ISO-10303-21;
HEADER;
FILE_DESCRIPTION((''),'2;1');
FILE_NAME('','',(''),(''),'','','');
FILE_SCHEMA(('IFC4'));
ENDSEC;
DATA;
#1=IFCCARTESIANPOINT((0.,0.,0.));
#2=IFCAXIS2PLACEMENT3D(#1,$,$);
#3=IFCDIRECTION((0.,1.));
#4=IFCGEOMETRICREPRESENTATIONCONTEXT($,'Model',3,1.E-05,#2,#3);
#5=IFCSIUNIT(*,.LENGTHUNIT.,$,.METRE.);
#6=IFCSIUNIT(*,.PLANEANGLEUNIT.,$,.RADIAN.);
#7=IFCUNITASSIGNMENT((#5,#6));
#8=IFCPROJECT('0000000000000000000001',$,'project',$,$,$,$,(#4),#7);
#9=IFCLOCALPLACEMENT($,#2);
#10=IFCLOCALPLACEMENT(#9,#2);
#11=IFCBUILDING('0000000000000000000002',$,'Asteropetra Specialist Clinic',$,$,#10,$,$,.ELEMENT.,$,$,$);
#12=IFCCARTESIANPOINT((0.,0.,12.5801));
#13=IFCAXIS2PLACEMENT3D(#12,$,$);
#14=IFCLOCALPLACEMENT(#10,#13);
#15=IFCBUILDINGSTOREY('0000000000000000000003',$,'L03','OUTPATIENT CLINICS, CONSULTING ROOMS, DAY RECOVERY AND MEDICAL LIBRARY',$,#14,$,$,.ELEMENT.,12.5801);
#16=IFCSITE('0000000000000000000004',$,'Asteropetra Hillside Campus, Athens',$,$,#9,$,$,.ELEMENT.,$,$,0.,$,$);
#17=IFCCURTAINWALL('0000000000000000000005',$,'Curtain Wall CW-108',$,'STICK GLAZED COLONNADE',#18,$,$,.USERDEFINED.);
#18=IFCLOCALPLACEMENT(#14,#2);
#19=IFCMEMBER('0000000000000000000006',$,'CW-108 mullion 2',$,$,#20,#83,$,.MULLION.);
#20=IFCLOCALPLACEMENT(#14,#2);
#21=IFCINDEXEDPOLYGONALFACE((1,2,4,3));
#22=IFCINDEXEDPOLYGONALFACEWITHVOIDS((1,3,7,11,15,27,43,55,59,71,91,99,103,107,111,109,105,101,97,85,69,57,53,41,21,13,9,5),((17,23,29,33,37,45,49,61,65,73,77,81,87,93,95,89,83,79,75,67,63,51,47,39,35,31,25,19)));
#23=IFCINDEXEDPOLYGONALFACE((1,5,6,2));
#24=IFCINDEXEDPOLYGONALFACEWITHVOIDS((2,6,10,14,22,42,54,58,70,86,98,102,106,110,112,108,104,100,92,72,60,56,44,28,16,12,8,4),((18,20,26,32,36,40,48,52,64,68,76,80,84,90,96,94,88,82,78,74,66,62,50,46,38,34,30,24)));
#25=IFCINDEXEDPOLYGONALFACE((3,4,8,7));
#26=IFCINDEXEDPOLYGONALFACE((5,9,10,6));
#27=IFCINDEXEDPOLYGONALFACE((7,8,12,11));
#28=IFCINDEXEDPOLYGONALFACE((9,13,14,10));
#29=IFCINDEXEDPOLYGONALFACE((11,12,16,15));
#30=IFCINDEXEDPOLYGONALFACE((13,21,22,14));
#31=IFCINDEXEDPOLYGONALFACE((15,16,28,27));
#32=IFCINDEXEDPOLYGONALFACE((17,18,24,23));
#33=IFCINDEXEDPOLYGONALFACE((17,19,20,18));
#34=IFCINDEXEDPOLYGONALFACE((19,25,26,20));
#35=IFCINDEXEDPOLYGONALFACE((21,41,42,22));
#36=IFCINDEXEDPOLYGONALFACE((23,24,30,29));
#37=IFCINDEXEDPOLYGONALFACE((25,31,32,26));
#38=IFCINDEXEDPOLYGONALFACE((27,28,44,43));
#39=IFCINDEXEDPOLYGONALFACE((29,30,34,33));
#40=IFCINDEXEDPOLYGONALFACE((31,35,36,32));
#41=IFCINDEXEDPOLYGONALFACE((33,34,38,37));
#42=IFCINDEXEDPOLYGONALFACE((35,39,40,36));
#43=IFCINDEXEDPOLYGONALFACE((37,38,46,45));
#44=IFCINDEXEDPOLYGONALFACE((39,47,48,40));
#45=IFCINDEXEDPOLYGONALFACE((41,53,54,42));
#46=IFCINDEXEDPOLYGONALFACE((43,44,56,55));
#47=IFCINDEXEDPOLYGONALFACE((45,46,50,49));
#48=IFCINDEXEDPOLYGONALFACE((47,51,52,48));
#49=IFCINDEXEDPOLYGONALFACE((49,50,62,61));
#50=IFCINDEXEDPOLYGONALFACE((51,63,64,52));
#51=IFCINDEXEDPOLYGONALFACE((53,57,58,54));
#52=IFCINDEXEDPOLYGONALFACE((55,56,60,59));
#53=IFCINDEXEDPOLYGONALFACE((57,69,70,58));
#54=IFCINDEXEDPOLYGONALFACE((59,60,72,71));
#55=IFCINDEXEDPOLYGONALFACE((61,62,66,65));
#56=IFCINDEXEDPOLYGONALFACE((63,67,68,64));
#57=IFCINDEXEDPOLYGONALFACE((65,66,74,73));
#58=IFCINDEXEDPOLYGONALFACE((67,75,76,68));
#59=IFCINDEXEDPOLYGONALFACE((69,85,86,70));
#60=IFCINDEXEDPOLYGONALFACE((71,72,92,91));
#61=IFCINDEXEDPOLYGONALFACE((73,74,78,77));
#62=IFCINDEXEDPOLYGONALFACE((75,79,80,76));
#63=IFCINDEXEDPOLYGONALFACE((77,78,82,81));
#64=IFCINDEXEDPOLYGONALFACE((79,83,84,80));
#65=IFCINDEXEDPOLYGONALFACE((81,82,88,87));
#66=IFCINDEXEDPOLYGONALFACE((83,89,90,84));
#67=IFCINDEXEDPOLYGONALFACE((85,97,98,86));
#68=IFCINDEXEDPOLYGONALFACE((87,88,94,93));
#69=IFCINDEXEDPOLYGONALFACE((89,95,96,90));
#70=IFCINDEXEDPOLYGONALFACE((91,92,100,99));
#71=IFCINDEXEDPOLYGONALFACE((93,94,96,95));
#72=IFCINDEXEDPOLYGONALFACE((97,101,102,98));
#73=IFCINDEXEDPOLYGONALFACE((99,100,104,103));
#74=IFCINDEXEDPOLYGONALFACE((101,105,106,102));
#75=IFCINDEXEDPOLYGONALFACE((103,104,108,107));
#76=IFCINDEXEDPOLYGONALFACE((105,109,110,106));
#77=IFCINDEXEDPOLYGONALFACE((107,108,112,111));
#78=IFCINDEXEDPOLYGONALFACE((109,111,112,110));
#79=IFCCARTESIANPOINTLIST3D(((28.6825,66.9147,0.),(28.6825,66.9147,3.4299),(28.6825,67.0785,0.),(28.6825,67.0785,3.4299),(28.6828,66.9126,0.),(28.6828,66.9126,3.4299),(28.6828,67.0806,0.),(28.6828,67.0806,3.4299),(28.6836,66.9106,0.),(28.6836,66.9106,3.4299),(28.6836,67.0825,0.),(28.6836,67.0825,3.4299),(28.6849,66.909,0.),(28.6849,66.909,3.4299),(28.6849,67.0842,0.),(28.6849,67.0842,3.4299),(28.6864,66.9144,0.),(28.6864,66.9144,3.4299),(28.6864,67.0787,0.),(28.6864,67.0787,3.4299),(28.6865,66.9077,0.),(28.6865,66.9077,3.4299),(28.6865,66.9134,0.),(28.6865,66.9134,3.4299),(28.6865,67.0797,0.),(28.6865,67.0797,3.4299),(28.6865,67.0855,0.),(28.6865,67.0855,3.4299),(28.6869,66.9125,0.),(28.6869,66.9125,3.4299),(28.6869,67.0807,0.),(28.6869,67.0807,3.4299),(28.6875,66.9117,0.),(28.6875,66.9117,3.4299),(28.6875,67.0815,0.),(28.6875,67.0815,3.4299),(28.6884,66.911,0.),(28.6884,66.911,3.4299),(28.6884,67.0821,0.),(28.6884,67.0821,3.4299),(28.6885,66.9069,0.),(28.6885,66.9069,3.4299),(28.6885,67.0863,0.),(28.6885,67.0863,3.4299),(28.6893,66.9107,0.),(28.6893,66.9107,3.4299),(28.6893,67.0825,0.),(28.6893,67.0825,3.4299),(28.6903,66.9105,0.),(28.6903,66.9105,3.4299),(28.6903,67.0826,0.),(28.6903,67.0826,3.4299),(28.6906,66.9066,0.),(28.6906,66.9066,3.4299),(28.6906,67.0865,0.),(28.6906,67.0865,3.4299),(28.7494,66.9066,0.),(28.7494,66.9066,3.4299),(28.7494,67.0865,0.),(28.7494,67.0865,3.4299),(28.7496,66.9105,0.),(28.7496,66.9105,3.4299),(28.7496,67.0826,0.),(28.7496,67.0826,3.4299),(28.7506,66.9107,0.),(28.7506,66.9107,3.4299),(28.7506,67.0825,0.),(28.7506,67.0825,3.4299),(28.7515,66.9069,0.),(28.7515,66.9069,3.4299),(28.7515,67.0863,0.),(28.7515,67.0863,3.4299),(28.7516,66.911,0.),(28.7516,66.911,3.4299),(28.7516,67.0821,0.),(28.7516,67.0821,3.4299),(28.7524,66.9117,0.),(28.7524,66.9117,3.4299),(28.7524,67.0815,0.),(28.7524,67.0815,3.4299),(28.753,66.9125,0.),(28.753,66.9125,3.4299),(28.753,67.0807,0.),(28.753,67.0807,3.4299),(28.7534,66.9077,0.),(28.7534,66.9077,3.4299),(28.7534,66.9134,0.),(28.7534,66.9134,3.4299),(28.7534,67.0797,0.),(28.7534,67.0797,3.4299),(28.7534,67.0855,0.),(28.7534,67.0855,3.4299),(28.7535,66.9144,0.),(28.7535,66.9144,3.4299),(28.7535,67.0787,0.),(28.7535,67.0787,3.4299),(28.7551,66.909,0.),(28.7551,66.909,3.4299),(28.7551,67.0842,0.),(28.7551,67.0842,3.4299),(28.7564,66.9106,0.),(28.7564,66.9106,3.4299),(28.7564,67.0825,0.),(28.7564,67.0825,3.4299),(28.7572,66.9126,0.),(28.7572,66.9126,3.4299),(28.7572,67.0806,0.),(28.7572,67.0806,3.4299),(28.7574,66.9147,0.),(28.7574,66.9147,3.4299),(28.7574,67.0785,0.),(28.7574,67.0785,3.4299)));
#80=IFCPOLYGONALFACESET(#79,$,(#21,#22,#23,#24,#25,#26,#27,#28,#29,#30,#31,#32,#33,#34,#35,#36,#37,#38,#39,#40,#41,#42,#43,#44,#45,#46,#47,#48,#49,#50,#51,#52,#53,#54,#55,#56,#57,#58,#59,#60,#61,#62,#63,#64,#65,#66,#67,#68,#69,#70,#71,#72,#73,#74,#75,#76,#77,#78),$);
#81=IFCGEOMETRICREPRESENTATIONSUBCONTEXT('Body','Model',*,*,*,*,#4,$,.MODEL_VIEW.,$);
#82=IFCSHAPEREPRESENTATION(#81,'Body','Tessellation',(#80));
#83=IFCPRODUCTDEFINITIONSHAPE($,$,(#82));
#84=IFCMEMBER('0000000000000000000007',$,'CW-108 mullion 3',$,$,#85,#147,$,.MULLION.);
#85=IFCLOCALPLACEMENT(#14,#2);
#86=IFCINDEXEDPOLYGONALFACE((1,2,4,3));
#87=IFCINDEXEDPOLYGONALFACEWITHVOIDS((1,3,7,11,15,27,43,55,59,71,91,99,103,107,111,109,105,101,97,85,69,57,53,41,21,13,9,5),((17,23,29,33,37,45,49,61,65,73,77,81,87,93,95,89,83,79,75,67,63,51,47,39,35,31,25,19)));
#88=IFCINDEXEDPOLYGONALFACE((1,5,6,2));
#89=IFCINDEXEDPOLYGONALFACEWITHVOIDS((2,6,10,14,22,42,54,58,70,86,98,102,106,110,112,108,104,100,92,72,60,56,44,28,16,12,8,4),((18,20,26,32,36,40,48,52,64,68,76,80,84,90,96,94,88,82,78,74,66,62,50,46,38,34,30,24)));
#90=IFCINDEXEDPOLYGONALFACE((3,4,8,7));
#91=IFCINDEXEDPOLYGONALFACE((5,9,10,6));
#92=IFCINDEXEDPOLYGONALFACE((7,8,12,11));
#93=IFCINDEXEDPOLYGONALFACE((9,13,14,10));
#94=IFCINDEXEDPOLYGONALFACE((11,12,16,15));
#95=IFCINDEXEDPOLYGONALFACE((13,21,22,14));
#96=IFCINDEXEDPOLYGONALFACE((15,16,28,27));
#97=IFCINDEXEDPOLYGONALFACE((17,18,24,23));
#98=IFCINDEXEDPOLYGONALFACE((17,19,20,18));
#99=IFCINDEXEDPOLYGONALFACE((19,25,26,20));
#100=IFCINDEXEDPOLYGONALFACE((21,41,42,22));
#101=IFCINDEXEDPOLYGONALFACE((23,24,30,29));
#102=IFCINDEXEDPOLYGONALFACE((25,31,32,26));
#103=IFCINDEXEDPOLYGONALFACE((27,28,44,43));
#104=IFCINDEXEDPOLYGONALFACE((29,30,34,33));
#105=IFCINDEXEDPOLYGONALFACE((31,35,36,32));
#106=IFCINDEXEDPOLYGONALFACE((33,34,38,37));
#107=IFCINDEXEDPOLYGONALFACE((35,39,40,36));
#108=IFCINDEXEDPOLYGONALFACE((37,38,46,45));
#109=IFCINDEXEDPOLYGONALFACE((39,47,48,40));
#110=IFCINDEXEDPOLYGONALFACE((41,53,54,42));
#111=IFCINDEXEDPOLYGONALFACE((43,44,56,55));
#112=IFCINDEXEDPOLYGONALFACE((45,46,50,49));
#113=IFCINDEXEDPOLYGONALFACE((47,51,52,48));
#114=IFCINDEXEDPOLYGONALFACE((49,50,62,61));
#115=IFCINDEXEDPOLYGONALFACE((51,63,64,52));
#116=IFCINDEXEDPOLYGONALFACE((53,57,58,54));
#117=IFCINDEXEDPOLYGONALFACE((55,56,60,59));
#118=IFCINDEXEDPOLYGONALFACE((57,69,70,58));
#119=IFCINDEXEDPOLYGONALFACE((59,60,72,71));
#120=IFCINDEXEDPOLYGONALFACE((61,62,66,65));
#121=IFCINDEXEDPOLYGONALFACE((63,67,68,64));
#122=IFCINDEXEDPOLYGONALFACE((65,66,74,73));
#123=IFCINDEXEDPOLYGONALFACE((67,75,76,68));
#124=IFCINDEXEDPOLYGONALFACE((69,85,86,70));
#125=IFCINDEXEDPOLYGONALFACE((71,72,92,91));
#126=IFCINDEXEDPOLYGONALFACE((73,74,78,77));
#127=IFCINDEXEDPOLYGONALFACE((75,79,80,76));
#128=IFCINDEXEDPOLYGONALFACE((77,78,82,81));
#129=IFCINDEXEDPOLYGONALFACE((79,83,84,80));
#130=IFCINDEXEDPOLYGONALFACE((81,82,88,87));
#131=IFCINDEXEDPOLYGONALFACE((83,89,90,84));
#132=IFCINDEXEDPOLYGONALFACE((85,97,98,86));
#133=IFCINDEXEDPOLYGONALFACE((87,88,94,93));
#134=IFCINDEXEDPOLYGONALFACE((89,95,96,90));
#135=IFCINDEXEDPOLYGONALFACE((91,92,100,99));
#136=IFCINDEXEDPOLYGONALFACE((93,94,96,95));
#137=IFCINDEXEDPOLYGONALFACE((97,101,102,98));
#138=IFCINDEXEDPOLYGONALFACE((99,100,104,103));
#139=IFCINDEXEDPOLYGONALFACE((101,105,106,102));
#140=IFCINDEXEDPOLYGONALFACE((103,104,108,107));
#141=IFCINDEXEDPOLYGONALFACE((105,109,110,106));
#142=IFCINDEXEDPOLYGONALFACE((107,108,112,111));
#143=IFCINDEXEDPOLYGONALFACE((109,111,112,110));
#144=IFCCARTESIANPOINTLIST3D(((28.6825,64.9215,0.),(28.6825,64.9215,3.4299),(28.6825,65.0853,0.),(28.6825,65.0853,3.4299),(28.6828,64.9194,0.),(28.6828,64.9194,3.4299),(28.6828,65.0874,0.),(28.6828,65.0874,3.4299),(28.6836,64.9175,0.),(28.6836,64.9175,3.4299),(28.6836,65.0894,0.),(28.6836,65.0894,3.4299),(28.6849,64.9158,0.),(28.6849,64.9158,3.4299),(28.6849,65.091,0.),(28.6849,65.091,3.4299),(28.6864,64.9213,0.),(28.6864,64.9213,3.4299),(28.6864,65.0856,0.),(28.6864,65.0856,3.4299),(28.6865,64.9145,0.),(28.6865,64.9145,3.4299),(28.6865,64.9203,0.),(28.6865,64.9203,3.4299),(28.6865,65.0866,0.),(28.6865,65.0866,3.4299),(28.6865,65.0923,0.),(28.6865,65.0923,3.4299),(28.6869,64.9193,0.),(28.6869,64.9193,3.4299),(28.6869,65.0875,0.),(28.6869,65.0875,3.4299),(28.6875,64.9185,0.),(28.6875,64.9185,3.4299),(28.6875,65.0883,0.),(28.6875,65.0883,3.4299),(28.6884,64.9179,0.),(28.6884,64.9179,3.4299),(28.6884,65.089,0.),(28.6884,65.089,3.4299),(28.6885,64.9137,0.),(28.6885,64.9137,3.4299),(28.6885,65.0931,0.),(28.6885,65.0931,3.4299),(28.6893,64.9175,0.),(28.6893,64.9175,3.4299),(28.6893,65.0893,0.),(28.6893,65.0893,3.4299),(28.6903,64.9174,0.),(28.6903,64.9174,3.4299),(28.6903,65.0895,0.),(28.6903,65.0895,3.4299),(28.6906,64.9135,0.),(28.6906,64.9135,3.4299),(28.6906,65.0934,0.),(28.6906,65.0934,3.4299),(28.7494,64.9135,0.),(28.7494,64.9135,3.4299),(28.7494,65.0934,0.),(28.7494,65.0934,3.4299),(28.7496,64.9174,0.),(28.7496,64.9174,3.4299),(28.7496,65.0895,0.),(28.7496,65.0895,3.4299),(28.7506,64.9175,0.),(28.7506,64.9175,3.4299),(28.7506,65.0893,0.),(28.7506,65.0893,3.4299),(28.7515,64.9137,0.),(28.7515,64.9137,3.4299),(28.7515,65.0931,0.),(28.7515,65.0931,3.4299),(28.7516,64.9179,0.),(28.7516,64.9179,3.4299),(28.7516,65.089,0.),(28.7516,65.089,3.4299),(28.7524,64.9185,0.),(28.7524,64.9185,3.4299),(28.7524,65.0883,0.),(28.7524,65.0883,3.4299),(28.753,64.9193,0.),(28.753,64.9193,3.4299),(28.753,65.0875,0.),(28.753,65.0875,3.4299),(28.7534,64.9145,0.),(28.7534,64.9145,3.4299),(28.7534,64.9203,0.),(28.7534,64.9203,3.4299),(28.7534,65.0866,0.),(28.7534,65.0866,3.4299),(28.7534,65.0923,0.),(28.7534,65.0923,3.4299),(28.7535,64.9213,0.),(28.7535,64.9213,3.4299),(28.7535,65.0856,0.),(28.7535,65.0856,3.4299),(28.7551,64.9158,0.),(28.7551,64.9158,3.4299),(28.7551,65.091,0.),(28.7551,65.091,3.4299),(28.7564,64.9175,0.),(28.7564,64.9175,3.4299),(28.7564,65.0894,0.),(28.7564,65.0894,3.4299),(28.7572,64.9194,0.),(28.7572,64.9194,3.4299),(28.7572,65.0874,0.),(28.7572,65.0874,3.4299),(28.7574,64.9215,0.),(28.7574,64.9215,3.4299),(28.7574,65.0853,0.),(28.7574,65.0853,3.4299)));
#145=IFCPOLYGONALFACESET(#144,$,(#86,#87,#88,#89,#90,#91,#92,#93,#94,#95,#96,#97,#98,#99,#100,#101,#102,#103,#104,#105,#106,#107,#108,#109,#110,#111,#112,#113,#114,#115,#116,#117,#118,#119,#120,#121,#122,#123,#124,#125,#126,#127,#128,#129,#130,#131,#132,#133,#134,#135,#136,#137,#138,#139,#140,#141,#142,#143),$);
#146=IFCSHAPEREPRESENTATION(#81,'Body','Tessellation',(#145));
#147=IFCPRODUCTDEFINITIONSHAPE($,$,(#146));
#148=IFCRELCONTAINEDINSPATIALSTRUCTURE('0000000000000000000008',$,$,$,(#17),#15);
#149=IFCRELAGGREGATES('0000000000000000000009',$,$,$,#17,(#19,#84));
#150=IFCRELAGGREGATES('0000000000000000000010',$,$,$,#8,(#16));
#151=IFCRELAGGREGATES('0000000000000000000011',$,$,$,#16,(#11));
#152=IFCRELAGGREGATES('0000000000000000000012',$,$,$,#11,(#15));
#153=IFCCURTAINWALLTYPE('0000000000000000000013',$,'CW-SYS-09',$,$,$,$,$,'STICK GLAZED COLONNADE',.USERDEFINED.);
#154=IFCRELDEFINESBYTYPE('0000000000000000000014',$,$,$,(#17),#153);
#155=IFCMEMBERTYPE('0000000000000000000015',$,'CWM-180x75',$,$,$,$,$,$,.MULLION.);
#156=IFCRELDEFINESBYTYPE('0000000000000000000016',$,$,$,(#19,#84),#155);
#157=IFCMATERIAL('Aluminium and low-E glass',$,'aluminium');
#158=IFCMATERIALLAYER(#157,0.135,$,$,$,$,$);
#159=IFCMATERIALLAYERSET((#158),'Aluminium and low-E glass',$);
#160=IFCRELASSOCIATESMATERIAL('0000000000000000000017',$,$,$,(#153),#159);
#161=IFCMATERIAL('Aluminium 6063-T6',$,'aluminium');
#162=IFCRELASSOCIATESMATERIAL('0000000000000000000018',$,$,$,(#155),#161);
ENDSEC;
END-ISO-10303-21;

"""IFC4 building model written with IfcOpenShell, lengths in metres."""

from ifc_helpers import new_model, si_unit, direction, frame, origin, origin_2d, place, context, subcontext, project, spatial, hollow_rectangle, extrude, material, layer, layer_set, material_profile, profile_set, type_object, element, aggregate, save


model = new_model("IFC4")

# Units and contexts
model_context = context("Model", 3, precision=1e-05, world=origin(), true_north=direction((0.0, 1.0)))
body_context = subcontext(model_context, "Body", "Model", "MODEL_VIEW")
ifc_project = project(units=[si_unit("LENGTHUNIT", "METRE"), si_unit("PLANEANGLEUNIT", "RADIAN")], contexts=[model_context])

# Site, building, storey
site_placement = place(None, origin())
site = spatial("IfcSite", under=ifc_project, at=site_placement, Name="Asteropetra Hillside Campus, Athens", CompositionType="ELEMENT", RefElevation=0.0)
building_placement = place(site_placement, origin())
building = spatial("IfcBuilding", under=site, at=building_placement, Name="Asteropetra Specialist Clinic", CompositionType="ELEMENT")
storey_placement = place(building_placement, frame((0.0, 0.0, 12.5801)))
storey = spatial("IfcBuildingStorey", under=building, at=storey_placement, Name="L03", Description="OUTPATIENT CLINICS, CONSULTING ROOMS, DAY RECOVERY AND MEDICAL LIBRARY", CompositionType="ELEMENT", Elevation=12.5801)

# Curtain wall, members
ifc_material_1 = material(Name="Aluminium and low-E glass", Category="aluminium")
ifc_layer_1 = layer(ifc_material_1, 0.135)
ifc_layer_set_1 = layer_set([ifc_layer_1], Name="Aluminium and low-E glass")
curtain_wall_type = type_object("IfcCurtainWallType", Name="CW-SYS-09", ElementType="STICK GLAZED COLONNADE", PredefinedType="USERDEFINED", material=ifc_layer_set_1)
curtain_wall_placement = place(storey_placement, origin())
curtain_wall = element("IfcCurtainWall", 1, at=curtain_wall_placement, inside=storey, type_object=curtain_wall_type, Name="Curtain Wall CW-108", ObjectType="STICK GLAZED COLONNADE", PredefinedType="USERDEFINED")
ifc_material_2 = material(Name="Aluminium 6063-T6", Category="aluminium")
ifc_material_profile_1 = material_profile(ifc_material_2, hollow_rectangle(XDim=0.075, YDim=0.1799, WallThickness=0.0039, InnerFilletRadius=0.0039, OuterFilletRadius=0.0081, at=origin_2d()), Name="MUL 180x75x4.0")
ifc_profile_set_1 = profile_set([ifc_material_profile_1], Name="Aluminium 6063-T6")
member_type_1 = type_object("IfcMemberType", Name="CWM-180x75", PredefinedType="MULLION", material=ifc_profile_set_1)
member_1_placement = place(storey_placement, frame((28.72, 66.9966, 0.0), z_axis=(0.0, 0.0, 1.0), x_axis=(1.0, 0.0, 0.0)))
member_1 = element("IfcMember", 2, at=member_1_placement, type_object=member_type_1, Name="CW-108 mullion 2", PredefinedType="MULLION", context=body_context, shape_type="SweptSolid", body=[
    extrude(hollow_rectangle(XDim=0.075, YDim=0.1799, WallThickness=0.0039, InnerFilletRadius=0.0039, OuterFilletRadius=0.0081, at=origin_2d()), origin(), (0.0, 0.0, 1.0), 3.4299),
])
member_2_placement = place(storey_placement, frame((28.72, 65.0034, 0.0), z_axis=(0.0, 0.0, 1.0), x_axis=(1.0, 0.0, 0.0)))
member_2 = element("IfcMember", 3, at=member_2_placement, type_object=member_type_1, Name="CW-108 mullion 3", PredefinedType="MULLION", context=body_context, shape_type="SweptSolid", body=[
    extrude(hollow_rectangle(XDim=0.075, YDim=0.1799, WallThickness=0.0039, InnerFilletRadius=0.0039, OuterFilletRadius=0.0081, at=origin_2d()), origin(), (0.0, 0.0, 1.0), 3.4299),
])

aggregate(curtain_wall, [member_1, member_2])

save(model, "model.ifc")
